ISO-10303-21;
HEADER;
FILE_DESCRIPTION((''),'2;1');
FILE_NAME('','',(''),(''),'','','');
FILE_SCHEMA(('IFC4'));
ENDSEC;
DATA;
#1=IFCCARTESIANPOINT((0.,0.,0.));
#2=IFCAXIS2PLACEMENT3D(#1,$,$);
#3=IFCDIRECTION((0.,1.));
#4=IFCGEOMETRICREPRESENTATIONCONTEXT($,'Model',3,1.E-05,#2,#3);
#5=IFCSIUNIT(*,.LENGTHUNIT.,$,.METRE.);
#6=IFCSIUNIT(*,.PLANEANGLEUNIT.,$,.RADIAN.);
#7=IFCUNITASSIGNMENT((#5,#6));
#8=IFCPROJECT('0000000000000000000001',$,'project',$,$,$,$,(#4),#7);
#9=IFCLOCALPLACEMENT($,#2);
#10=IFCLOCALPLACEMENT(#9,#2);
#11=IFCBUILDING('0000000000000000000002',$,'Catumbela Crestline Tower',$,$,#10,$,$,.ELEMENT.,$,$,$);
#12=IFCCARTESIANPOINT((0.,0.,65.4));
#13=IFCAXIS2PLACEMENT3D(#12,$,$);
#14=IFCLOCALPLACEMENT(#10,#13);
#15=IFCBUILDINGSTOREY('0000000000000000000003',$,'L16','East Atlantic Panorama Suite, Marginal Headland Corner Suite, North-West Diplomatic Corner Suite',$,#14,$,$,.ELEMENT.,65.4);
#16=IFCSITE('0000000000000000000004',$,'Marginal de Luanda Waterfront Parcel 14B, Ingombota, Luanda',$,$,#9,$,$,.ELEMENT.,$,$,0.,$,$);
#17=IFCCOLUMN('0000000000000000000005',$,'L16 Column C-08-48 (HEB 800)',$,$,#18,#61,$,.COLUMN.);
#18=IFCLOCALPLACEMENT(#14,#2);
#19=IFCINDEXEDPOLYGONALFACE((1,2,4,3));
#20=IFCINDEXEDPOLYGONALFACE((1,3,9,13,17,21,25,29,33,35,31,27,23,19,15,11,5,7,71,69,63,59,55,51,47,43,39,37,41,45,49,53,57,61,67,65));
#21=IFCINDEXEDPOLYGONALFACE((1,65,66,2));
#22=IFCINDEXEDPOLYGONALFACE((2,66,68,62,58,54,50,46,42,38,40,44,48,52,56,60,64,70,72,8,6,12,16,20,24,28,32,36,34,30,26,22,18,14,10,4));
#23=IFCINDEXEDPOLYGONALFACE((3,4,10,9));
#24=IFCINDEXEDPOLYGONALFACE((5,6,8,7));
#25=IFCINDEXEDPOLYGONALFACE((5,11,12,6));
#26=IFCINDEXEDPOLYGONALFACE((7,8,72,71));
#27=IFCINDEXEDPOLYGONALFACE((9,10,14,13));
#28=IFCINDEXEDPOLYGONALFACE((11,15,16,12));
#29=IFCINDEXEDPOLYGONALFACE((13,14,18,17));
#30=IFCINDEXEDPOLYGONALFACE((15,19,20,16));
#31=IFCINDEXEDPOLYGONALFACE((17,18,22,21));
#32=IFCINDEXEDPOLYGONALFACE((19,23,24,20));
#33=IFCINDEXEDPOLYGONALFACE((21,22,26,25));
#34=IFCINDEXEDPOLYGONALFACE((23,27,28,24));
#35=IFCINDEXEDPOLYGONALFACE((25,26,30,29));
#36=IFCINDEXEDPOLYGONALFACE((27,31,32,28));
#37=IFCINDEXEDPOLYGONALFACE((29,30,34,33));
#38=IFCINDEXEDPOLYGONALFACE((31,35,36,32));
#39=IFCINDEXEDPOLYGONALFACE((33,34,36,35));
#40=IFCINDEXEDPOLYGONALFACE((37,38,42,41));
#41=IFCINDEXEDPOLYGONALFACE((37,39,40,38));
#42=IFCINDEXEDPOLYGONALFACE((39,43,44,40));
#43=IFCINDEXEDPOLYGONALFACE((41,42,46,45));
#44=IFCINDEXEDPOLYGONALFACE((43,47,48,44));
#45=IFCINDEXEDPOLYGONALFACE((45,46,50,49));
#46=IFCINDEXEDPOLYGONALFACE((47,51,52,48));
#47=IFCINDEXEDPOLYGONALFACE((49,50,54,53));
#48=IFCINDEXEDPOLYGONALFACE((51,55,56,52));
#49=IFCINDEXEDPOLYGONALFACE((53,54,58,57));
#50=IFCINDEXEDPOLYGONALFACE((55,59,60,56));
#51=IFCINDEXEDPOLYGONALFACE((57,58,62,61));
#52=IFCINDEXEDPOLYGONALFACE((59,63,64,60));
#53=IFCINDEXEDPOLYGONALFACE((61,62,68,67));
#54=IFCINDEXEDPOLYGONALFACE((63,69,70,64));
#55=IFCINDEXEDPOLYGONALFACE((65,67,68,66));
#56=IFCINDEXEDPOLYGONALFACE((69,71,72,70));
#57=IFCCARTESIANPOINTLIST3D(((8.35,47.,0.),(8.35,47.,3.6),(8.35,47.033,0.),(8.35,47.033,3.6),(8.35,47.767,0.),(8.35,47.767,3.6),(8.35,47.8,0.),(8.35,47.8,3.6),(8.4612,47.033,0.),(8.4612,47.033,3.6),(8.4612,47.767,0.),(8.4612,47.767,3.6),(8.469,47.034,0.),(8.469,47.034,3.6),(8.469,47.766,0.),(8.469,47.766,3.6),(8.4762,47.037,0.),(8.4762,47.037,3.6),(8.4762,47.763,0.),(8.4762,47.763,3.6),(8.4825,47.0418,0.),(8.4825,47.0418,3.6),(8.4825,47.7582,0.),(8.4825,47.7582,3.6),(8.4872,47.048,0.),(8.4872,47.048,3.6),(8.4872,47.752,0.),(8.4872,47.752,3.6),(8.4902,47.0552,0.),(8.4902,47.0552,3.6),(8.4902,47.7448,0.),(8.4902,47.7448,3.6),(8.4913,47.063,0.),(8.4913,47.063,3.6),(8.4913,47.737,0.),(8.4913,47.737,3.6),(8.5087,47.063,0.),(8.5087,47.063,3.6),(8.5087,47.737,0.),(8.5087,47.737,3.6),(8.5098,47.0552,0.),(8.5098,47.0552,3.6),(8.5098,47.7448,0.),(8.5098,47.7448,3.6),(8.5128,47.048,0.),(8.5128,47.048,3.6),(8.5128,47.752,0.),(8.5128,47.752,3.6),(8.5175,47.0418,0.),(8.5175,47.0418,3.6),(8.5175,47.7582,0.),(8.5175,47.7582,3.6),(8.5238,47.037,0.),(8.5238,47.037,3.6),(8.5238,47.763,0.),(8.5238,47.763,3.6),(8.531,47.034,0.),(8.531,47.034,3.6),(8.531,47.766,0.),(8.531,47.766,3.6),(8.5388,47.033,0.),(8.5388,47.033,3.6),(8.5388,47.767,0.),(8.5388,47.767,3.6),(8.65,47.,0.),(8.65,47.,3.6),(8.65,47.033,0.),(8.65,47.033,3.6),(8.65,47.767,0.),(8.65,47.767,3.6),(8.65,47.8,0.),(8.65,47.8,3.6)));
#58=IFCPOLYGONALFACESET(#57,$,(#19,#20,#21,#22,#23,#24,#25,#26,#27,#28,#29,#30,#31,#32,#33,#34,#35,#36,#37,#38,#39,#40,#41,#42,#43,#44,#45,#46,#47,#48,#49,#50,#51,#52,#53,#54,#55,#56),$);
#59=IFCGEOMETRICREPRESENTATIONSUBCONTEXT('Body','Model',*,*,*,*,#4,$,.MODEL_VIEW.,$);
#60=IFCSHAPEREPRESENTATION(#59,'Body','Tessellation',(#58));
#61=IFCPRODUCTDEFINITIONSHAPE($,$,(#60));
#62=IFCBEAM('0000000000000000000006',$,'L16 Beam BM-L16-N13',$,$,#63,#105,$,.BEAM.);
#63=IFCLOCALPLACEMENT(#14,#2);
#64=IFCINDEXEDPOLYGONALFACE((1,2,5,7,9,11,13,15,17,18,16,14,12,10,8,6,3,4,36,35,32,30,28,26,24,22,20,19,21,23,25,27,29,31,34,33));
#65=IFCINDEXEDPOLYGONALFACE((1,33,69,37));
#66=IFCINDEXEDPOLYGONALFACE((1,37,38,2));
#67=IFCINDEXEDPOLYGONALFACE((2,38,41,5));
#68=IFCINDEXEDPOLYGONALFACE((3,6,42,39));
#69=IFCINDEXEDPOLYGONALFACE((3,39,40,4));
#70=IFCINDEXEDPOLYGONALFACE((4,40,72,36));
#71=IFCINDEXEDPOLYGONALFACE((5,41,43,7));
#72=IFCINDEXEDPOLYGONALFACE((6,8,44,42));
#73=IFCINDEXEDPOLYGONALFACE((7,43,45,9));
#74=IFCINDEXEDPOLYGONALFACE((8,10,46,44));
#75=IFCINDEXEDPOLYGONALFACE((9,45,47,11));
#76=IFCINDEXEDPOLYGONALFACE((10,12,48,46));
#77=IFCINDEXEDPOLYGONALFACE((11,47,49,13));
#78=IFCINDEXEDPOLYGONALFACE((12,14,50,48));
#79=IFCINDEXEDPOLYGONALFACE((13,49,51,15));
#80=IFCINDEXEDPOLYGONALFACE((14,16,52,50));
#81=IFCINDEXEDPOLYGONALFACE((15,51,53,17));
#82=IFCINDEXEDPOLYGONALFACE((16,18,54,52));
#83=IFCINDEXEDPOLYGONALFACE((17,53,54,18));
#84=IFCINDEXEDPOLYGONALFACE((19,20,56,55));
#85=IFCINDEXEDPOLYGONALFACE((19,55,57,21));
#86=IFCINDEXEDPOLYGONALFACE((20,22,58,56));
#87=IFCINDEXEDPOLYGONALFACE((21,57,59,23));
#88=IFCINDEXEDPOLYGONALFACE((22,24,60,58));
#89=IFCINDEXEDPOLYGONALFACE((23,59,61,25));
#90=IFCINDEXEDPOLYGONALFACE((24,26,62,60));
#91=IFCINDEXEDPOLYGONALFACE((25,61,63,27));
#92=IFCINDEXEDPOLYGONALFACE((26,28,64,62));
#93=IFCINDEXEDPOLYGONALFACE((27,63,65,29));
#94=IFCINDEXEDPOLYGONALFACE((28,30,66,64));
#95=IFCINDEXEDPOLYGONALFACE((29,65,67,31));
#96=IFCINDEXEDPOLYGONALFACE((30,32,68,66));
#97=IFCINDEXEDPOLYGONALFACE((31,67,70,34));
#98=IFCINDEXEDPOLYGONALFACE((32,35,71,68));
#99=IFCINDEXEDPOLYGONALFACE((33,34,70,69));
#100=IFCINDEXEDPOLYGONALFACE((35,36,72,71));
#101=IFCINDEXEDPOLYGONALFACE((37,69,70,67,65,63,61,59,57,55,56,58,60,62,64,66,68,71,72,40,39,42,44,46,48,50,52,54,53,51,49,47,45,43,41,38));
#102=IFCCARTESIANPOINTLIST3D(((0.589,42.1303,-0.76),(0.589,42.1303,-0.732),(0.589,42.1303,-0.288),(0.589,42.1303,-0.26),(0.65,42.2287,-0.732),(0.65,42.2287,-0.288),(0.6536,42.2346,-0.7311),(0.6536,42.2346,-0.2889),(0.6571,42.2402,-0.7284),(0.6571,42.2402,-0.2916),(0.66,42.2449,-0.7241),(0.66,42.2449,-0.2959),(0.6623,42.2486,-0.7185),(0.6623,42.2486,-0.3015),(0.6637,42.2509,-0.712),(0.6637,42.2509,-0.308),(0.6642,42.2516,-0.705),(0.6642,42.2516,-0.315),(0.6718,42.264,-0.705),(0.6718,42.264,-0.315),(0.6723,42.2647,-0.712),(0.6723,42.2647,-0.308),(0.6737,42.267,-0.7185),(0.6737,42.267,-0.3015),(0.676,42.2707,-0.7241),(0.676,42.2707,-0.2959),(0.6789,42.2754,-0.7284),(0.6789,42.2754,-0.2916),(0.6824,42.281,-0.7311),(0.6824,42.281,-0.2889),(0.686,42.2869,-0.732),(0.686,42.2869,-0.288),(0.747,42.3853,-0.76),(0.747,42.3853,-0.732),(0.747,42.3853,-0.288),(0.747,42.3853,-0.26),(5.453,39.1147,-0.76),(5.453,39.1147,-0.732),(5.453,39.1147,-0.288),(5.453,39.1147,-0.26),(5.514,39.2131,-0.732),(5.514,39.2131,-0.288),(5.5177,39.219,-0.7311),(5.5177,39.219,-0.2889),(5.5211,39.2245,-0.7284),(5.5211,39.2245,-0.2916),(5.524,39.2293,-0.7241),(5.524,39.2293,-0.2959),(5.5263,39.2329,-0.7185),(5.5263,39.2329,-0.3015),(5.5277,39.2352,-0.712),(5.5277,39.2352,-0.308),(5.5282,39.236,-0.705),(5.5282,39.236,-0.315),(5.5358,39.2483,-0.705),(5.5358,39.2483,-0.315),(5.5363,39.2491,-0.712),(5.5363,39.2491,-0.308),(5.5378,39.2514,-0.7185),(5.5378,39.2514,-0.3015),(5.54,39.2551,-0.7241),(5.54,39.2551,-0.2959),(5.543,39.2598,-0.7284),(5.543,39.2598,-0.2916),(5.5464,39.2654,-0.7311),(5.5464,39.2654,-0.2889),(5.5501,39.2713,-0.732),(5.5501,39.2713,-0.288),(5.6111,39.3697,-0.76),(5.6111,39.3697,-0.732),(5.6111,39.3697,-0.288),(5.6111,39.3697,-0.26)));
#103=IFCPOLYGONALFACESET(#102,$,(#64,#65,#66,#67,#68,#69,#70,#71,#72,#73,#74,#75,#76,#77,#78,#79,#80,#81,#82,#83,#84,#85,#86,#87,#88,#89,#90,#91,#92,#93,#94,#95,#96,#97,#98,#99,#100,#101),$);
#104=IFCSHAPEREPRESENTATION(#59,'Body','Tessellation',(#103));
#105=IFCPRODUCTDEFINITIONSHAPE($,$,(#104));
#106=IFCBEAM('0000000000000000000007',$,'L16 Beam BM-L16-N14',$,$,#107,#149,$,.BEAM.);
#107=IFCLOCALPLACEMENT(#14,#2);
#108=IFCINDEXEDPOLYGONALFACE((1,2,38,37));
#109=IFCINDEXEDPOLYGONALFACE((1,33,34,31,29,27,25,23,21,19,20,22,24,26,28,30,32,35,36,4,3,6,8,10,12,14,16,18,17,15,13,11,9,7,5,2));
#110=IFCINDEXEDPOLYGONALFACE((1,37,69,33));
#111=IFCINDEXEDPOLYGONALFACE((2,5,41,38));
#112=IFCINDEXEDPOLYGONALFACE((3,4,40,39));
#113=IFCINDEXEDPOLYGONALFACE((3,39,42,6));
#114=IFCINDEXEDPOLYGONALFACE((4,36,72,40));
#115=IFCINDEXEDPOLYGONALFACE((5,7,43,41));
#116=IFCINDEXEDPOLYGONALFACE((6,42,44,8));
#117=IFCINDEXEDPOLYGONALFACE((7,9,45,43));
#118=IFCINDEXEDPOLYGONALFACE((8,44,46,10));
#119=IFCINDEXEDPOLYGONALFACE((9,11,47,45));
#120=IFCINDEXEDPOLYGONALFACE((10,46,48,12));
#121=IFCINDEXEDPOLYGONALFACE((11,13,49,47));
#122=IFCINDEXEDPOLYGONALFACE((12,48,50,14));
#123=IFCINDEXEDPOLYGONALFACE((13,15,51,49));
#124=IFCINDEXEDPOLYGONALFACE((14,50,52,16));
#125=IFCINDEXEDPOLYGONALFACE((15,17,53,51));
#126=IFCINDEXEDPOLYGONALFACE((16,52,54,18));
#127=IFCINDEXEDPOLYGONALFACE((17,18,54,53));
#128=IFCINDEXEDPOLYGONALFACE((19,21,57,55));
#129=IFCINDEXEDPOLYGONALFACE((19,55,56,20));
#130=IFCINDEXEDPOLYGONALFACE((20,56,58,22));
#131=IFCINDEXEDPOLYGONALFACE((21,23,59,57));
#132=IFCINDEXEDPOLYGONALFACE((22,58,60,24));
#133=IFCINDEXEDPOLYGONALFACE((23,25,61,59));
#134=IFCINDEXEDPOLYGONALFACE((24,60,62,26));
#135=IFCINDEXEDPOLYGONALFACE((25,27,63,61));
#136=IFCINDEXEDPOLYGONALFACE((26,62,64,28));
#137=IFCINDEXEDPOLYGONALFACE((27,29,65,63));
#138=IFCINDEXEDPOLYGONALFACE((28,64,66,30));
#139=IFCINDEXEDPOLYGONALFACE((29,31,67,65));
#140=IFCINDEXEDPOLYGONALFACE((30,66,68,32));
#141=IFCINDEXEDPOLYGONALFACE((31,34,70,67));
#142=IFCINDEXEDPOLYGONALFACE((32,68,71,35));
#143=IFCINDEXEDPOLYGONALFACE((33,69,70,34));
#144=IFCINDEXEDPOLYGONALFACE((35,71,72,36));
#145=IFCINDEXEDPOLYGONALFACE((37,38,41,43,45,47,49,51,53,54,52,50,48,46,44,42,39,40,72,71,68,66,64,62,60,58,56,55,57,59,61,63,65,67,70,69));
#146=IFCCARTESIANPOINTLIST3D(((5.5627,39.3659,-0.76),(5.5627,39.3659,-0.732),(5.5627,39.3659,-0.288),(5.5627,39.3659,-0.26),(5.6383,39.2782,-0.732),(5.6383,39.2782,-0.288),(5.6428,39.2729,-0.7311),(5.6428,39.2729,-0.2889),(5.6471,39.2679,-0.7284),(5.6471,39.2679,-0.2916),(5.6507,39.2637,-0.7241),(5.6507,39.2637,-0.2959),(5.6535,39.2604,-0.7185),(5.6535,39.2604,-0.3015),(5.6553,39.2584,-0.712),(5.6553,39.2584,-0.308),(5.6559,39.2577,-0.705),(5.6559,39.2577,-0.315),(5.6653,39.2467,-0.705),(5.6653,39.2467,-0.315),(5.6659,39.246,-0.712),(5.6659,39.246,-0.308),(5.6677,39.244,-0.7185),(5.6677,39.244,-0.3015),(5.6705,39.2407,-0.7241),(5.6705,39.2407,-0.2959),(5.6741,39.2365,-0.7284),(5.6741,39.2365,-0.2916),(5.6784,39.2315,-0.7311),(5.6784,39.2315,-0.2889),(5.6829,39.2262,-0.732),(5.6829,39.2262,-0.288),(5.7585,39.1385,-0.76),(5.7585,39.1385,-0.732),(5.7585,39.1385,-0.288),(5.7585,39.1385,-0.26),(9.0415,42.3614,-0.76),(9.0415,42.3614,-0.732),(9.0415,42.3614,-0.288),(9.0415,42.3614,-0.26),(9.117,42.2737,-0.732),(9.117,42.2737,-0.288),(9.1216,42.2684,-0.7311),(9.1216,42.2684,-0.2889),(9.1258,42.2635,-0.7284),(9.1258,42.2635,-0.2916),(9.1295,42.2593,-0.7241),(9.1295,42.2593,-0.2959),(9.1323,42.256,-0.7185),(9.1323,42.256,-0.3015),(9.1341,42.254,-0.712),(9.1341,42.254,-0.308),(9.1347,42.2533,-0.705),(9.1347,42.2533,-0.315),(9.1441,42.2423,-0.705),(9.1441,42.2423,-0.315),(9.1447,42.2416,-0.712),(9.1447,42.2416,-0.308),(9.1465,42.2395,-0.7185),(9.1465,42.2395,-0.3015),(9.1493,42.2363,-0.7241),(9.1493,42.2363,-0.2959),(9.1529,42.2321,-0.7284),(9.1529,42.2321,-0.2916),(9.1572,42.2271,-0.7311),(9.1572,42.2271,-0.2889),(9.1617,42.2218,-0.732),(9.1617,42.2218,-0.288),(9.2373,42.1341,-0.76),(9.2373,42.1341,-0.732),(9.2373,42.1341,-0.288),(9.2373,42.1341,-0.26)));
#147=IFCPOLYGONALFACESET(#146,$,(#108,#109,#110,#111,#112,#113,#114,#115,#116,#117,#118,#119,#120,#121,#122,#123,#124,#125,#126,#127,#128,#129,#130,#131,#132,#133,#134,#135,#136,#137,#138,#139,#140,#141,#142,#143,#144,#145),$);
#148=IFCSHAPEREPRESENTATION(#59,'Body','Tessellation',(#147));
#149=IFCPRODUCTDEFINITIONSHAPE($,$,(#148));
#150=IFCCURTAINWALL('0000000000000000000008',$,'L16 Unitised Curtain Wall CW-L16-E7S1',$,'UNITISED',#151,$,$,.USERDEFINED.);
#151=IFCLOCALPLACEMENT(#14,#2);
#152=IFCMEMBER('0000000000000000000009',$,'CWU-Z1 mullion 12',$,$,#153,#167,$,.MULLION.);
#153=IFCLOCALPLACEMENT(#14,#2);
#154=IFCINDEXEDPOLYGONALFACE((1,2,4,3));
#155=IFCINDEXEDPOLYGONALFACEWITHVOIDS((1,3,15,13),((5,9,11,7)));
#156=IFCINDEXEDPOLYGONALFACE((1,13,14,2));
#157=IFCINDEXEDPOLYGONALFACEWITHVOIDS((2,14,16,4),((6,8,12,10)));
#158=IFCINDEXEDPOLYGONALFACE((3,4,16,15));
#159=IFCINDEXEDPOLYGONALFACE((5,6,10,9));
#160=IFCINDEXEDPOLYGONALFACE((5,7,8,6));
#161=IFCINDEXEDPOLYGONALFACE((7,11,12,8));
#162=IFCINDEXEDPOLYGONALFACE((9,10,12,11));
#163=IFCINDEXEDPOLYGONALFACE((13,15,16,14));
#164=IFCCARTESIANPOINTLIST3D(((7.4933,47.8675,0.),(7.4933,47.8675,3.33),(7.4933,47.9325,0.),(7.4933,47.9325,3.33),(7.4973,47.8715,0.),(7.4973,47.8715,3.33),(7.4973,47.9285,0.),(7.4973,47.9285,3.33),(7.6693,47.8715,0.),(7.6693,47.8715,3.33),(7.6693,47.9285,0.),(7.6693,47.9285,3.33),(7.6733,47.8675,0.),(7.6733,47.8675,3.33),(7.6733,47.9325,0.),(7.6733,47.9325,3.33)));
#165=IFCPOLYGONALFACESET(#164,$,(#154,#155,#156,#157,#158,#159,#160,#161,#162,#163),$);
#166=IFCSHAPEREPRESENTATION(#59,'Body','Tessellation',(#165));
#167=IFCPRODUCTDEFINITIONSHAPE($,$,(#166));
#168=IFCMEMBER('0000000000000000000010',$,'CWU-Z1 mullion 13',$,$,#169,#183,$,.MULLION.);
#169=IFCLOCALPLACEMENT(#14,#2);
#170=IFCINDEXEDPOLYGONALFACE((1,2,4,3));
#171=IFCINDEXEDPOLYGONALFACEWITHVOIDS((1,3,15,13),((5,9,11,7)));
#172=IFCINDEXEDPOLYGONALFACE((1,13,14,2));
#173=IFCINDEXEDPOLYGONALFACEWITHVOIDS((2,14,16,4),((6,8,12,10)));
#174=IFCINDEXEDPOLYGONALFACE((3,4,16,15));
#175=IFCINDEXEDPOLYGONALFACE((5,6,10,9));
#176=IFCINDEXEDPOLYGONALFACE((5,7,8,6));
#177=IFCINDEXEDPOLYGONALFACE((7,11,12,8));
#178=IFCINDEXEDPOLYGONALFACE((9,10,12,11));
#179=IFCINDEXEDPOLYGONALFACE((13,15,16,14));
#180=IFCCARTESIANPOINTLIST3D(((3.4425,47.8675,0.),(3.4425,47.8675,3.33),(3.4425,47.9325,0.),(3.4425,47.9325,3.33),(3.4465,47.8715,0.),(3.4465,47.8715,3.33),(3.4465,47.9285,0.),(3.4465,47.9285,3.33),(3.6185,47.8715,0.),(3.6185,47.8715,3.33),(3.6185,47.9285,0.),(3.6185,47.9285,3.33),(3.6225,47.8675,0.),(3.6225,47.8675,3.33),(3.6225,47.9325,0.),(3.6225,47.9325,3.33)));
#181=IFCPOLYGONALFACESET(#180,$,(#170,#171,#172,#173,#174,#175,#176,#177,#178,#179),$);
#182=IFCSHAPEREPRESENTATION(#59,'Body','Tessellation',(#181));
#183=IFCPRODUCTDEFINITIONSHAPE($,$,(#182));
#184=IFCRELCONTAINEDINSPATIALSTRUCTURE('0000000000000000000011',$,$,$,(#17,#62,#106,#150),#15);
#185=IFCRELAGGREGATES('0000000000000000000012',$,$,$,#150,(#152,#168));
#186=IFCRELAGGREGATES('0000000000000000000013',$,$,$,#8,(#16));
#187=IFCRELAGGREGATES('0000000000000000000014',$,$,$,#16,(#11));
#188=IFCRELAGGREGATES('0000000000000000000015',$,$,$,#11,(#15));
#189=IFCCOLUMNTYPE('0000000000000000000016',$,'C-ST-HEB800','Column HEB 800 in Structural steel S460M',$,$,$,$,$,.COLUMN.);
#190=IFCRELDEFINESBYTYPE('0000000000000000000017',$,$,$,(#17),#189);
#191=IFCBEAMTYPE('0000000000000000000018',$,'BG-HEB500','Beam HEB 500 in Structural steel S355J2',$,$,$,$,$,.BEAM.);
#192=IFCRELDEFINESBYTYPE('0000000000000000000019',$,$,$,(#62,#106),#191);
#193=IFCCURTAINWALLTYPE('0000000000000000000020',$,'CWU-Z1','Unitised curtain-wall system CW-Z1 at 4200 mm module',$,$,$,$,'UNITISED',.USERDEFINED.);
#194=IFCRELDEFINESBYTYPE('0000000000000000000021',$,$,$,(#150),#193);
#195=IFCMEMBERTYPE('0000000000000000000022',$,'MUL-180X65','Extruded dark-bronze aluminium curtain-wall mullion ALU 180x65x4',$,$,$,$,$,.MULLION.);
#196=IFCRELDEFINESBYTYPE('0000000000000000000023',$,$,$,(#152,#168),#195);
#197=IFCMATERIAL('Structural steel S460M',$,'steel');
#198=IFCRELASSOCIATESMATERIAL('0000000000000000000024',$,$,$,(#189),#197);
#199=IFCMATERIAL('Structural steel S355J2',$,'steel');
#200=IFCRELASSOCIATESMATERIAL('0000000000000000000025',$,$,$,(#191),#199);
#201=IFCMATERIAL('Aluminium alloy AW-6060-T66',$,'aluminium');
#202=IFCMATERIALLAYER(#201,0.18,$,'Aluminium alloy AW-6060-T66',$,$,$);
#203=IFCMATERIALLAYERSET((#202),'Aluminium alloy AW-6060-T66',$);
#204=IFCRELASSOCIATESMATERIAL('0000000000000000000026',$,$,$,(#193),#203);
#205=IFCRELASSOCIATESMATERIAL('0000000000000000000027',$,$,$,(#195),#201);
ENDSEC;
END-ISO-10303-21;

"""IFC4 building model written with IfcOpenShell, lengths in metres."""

from ifc_helpers import new_model, si_unit, direction, frame, origin, origin_2d, place, context, subcontext, project, spatial, hollow_rectangle, i_section, extrude, material, layer, layer_set, material_profile, profile_set, type_object, element, aggregate, save


model = new_model("IFC4")

# Units and contexts
model_context = context("Model", 3, precision=1e-05, world=origin(), true_north=direction((0.0, 1.0)))
body_context = subcontext(model_context, "Body", "Model", "MODEL_VIEW")
ifc_project = project(units=[si_unit("LENGTHUNIT", "METRE"), si_unit("PLANEANGLEUNIT", "RADIAN")], contexts=[model_context])

# Site, building, storey
site_placement = place(None, origin())
site = spatial("IfcSite", under=ifc_project, at=site_placement, Name="Marginal de Luanda Waterfront Parcel 14B, Ingombota, Luanda", CompositionType="ELEMENT", RefElevation=0.0)
building_placement = place(site_placement, origin())
building = spatial("IfcBuilding", under=site, at=building_placement, Name="Catumbela Crestline Tower", CompositionType="ELEMENT")
storey_placement = place(building_placement, frame((0.0, 0.0, 65.4)))
storey = spatial("IfcBuildingStorey", under=building, at=storey_placement, Name="L16", Description="East Atlantic Panorama Suite, Marginal Headland Corner Suite, North-West Diplomatic Corner Suite", CompositionType="ELEMENT", Elevation=65.4)

# Column
ifc_material_1 = material(Name="Structural steel S460M", Category="steel")
ifc_material_profile_1 = material_profile(ifc_material_1, i_section(OverallWidth=0.3, OverallDepth=0.8, WebThickness=0.0175, FlangeThickness=0.033, FilletRadius=0.03, at=origin_2d()), Name="HEB 800")
ifc_profile_set_1 = profile_set([ifc_material_profile_1], Name="Structural steel S460M")
column_type = type_object("IfcColumnType", Name="C-ST-HEB800", Description="Column HEB 800 in Structural steel S460M", PredefinedType="COLUMN", material=ifc_profile_set_1)
for number, where, z_axis, x_axis, name in (
    (1, (8.5, 47.4, 0.0), (0.0, 0.0, 1.0), (1.0, 0.0, 0.0), "L16 Column C-08-48 (HEB 800)"),
):
    element("IfcColumn", number, at=place(storey_placement, frame(where, z_axis=z_axis, x_axis=x_axis)), inside=storey, type_object=column_type, Name=name, PredefinedType="COLUMN", context=body_context, shape_type="SweptSolid", body=[
        extrude(i_section(OverallWidth=0.3, OverallDepth=0.8, WebThickness=0.0175, FlangeThickness=0.033, FilletRadius=0.03, at=origin_2d()), origin(), (0.0, 0.0, 1.0), 3.6),
    ])

# Beams
ifc_material_2 = material(Name="Structural steel S355J2", Category="steel")
ifc_material_profile_2 = material_profile(ifc_material_2, i_section(OverallWidth=0.3, OverallDepth=0.5, WebThickness=0.0145, FlangeThickness=0.028, FilletRadius=0.027, at=origin_2d()), Name="HEB 500")
ifc_profile_set_2 = profile_set([ifc_material_profile_2], Name="Structural steel S355J2")
beam_type_1 = type_object("IfcBeamType", Name="BG-HEB500", Description="Beam HEB 500 in Structural steel S355J2", PredefinedType="BEAM", material=ifc_profile_set_2)
beam_1_placement = place(storey_placement, frame((0.668, 42.2578, -0.51), z_axis=(0.849909, -0.52693, 0.0), x_axis=(0.52693, 0.849909, 0.0)))
element("IfcBeam", 2, at=beam_1_placement, inside=storey, type_object=beam_type_1, Name="L16 Beam BM-L16-N13", PredefinedType="BEAM", context=body_context, shape_type="SweptSolid", body=[
    extrude(i_section(OverallWidth=0.3, OverallDepth=0.5, WebThickness=0.0145, FlangeThickness=0.028, FilletRadius=0.027, at=origin_2d()), origin(), (0.0, 0.0, 1.0), 5.723),
])
beam_2_placement = place(storey_placement, frame((5.6606, 39.2522, -0.51), z_axis=(0.757772, 0.652519, 0.0), x_axis=(-0.652519, 0.757772, 0.0)))
element("IfcBeam", 3, at=beam_2_placement, inside=storey, type_object=beam_type_1, Name="L16 Beam BM-L16-N14", PredefinedType="BEAM", context=body_context, shape_type="SweptSolid", body=[
    extrude(i_section(OverallWidth=0.3, OverallDepth=0.5, WebThickness=0.0145, FlangeThickness=0.028, FilletRadius=0.027, at=origin_2d()), origin(), (0.0, 0.0, 1.0), 4.5908),
])

# Curtain wall, members
ifc_material_3 = material(Name="Aluminium alloy AW-6060-T66", Category="aluminium")
ifc_layer_1 = layer(ifc_material_3, 0.18, Name="Aluminium alloy AW-6060-T66")
ifc_layer_set_1 = layer_set([ifc_layer_1], Name="Aluminium alloy AW-6060-T66")
curtain_wall_type = type_object("IfcCurtainWallType", Name="CWU-Z1", Description="Unitised curtain-wall system CW-Z1 at 4200 mm module", ElementType="UNITISED", PredefinedType="USERDEFINED", material=ifc_layer_set_1)
curtain_wall_1_placement = place(storey_placement, origin())
curtain_wall_1 = element("IfcCurtainWall", 4, at=curtain_wall_1_placement, inside=storey, type_object=curtain_wall_type, Name="L16 Unitised Curtain Wall CW-L16-E7S1", ObjectType="UNITISED", PredefinedType="USERDEFINED")
ifc_material_profile_3 = material_profile(ifc_material_3, hollow_rectangle(XDim=0.065, YDim=0.18, WallThickness=0.004, at=origin_2d()), Name="ALU 180x65x4")
ifc_profile_set_3 = profile_set([ifc_material_profile_3], Name="Aluminium alloy AW-6060-T66")
member_type_1 = type_object("IfcMemberType", Name="MUL-180X65", Description="Extruded dark-bronze aluminium curtain-wall mullion ALU 180x65x4", PredefinedType="MULLION", material=ifc_profile_set_3)
member_1_placement = place(storey_placement, frame((7.5833, 47.9, 0.0), z_axis=(0.0, 0.0, 1.0), x_axis=(0.0, -1.0, 0.0)))
member_1 = element("IfcMember", 5, at=member_1_placement, type_object=member_type_1, Name="CWU-Z1 mullion 12", PredefinedType="MULLION", context=body_context, shape_type="SweptSolid", body=[
    extrude(hollow_rectangle(XDim=0.065, YDim=0.18, WallThickness=0.004, at=origin_2d()), origin(), (0.0, 0.0, 1.0), 3.33),
])
member_2_placement = place(storey_placement, frame((3.5325, 47.9, 0.0), z_axis=(0.0, 0.0, 1.0), x_axis=(0.0, -1.0, 0.0)))
member_2 = element("IfcMember", 6, at=member_2_placement, type_object=member_type_1, Name="CWU-Z1 mullion 13", PredefinedType="MULLION", context=body_context, shape_type="SweptSolid", body=[
    extrude(hollow_rectangle(XDim=0.065, YDim=0.18, WallThickness=0.004, at=origin_2d()), origin(), (0.0, 0.0, 1.0), 3.33),
])

aggregate(curtain_wall_1, [member_1, member_2])

save(model, "model.ifc")
